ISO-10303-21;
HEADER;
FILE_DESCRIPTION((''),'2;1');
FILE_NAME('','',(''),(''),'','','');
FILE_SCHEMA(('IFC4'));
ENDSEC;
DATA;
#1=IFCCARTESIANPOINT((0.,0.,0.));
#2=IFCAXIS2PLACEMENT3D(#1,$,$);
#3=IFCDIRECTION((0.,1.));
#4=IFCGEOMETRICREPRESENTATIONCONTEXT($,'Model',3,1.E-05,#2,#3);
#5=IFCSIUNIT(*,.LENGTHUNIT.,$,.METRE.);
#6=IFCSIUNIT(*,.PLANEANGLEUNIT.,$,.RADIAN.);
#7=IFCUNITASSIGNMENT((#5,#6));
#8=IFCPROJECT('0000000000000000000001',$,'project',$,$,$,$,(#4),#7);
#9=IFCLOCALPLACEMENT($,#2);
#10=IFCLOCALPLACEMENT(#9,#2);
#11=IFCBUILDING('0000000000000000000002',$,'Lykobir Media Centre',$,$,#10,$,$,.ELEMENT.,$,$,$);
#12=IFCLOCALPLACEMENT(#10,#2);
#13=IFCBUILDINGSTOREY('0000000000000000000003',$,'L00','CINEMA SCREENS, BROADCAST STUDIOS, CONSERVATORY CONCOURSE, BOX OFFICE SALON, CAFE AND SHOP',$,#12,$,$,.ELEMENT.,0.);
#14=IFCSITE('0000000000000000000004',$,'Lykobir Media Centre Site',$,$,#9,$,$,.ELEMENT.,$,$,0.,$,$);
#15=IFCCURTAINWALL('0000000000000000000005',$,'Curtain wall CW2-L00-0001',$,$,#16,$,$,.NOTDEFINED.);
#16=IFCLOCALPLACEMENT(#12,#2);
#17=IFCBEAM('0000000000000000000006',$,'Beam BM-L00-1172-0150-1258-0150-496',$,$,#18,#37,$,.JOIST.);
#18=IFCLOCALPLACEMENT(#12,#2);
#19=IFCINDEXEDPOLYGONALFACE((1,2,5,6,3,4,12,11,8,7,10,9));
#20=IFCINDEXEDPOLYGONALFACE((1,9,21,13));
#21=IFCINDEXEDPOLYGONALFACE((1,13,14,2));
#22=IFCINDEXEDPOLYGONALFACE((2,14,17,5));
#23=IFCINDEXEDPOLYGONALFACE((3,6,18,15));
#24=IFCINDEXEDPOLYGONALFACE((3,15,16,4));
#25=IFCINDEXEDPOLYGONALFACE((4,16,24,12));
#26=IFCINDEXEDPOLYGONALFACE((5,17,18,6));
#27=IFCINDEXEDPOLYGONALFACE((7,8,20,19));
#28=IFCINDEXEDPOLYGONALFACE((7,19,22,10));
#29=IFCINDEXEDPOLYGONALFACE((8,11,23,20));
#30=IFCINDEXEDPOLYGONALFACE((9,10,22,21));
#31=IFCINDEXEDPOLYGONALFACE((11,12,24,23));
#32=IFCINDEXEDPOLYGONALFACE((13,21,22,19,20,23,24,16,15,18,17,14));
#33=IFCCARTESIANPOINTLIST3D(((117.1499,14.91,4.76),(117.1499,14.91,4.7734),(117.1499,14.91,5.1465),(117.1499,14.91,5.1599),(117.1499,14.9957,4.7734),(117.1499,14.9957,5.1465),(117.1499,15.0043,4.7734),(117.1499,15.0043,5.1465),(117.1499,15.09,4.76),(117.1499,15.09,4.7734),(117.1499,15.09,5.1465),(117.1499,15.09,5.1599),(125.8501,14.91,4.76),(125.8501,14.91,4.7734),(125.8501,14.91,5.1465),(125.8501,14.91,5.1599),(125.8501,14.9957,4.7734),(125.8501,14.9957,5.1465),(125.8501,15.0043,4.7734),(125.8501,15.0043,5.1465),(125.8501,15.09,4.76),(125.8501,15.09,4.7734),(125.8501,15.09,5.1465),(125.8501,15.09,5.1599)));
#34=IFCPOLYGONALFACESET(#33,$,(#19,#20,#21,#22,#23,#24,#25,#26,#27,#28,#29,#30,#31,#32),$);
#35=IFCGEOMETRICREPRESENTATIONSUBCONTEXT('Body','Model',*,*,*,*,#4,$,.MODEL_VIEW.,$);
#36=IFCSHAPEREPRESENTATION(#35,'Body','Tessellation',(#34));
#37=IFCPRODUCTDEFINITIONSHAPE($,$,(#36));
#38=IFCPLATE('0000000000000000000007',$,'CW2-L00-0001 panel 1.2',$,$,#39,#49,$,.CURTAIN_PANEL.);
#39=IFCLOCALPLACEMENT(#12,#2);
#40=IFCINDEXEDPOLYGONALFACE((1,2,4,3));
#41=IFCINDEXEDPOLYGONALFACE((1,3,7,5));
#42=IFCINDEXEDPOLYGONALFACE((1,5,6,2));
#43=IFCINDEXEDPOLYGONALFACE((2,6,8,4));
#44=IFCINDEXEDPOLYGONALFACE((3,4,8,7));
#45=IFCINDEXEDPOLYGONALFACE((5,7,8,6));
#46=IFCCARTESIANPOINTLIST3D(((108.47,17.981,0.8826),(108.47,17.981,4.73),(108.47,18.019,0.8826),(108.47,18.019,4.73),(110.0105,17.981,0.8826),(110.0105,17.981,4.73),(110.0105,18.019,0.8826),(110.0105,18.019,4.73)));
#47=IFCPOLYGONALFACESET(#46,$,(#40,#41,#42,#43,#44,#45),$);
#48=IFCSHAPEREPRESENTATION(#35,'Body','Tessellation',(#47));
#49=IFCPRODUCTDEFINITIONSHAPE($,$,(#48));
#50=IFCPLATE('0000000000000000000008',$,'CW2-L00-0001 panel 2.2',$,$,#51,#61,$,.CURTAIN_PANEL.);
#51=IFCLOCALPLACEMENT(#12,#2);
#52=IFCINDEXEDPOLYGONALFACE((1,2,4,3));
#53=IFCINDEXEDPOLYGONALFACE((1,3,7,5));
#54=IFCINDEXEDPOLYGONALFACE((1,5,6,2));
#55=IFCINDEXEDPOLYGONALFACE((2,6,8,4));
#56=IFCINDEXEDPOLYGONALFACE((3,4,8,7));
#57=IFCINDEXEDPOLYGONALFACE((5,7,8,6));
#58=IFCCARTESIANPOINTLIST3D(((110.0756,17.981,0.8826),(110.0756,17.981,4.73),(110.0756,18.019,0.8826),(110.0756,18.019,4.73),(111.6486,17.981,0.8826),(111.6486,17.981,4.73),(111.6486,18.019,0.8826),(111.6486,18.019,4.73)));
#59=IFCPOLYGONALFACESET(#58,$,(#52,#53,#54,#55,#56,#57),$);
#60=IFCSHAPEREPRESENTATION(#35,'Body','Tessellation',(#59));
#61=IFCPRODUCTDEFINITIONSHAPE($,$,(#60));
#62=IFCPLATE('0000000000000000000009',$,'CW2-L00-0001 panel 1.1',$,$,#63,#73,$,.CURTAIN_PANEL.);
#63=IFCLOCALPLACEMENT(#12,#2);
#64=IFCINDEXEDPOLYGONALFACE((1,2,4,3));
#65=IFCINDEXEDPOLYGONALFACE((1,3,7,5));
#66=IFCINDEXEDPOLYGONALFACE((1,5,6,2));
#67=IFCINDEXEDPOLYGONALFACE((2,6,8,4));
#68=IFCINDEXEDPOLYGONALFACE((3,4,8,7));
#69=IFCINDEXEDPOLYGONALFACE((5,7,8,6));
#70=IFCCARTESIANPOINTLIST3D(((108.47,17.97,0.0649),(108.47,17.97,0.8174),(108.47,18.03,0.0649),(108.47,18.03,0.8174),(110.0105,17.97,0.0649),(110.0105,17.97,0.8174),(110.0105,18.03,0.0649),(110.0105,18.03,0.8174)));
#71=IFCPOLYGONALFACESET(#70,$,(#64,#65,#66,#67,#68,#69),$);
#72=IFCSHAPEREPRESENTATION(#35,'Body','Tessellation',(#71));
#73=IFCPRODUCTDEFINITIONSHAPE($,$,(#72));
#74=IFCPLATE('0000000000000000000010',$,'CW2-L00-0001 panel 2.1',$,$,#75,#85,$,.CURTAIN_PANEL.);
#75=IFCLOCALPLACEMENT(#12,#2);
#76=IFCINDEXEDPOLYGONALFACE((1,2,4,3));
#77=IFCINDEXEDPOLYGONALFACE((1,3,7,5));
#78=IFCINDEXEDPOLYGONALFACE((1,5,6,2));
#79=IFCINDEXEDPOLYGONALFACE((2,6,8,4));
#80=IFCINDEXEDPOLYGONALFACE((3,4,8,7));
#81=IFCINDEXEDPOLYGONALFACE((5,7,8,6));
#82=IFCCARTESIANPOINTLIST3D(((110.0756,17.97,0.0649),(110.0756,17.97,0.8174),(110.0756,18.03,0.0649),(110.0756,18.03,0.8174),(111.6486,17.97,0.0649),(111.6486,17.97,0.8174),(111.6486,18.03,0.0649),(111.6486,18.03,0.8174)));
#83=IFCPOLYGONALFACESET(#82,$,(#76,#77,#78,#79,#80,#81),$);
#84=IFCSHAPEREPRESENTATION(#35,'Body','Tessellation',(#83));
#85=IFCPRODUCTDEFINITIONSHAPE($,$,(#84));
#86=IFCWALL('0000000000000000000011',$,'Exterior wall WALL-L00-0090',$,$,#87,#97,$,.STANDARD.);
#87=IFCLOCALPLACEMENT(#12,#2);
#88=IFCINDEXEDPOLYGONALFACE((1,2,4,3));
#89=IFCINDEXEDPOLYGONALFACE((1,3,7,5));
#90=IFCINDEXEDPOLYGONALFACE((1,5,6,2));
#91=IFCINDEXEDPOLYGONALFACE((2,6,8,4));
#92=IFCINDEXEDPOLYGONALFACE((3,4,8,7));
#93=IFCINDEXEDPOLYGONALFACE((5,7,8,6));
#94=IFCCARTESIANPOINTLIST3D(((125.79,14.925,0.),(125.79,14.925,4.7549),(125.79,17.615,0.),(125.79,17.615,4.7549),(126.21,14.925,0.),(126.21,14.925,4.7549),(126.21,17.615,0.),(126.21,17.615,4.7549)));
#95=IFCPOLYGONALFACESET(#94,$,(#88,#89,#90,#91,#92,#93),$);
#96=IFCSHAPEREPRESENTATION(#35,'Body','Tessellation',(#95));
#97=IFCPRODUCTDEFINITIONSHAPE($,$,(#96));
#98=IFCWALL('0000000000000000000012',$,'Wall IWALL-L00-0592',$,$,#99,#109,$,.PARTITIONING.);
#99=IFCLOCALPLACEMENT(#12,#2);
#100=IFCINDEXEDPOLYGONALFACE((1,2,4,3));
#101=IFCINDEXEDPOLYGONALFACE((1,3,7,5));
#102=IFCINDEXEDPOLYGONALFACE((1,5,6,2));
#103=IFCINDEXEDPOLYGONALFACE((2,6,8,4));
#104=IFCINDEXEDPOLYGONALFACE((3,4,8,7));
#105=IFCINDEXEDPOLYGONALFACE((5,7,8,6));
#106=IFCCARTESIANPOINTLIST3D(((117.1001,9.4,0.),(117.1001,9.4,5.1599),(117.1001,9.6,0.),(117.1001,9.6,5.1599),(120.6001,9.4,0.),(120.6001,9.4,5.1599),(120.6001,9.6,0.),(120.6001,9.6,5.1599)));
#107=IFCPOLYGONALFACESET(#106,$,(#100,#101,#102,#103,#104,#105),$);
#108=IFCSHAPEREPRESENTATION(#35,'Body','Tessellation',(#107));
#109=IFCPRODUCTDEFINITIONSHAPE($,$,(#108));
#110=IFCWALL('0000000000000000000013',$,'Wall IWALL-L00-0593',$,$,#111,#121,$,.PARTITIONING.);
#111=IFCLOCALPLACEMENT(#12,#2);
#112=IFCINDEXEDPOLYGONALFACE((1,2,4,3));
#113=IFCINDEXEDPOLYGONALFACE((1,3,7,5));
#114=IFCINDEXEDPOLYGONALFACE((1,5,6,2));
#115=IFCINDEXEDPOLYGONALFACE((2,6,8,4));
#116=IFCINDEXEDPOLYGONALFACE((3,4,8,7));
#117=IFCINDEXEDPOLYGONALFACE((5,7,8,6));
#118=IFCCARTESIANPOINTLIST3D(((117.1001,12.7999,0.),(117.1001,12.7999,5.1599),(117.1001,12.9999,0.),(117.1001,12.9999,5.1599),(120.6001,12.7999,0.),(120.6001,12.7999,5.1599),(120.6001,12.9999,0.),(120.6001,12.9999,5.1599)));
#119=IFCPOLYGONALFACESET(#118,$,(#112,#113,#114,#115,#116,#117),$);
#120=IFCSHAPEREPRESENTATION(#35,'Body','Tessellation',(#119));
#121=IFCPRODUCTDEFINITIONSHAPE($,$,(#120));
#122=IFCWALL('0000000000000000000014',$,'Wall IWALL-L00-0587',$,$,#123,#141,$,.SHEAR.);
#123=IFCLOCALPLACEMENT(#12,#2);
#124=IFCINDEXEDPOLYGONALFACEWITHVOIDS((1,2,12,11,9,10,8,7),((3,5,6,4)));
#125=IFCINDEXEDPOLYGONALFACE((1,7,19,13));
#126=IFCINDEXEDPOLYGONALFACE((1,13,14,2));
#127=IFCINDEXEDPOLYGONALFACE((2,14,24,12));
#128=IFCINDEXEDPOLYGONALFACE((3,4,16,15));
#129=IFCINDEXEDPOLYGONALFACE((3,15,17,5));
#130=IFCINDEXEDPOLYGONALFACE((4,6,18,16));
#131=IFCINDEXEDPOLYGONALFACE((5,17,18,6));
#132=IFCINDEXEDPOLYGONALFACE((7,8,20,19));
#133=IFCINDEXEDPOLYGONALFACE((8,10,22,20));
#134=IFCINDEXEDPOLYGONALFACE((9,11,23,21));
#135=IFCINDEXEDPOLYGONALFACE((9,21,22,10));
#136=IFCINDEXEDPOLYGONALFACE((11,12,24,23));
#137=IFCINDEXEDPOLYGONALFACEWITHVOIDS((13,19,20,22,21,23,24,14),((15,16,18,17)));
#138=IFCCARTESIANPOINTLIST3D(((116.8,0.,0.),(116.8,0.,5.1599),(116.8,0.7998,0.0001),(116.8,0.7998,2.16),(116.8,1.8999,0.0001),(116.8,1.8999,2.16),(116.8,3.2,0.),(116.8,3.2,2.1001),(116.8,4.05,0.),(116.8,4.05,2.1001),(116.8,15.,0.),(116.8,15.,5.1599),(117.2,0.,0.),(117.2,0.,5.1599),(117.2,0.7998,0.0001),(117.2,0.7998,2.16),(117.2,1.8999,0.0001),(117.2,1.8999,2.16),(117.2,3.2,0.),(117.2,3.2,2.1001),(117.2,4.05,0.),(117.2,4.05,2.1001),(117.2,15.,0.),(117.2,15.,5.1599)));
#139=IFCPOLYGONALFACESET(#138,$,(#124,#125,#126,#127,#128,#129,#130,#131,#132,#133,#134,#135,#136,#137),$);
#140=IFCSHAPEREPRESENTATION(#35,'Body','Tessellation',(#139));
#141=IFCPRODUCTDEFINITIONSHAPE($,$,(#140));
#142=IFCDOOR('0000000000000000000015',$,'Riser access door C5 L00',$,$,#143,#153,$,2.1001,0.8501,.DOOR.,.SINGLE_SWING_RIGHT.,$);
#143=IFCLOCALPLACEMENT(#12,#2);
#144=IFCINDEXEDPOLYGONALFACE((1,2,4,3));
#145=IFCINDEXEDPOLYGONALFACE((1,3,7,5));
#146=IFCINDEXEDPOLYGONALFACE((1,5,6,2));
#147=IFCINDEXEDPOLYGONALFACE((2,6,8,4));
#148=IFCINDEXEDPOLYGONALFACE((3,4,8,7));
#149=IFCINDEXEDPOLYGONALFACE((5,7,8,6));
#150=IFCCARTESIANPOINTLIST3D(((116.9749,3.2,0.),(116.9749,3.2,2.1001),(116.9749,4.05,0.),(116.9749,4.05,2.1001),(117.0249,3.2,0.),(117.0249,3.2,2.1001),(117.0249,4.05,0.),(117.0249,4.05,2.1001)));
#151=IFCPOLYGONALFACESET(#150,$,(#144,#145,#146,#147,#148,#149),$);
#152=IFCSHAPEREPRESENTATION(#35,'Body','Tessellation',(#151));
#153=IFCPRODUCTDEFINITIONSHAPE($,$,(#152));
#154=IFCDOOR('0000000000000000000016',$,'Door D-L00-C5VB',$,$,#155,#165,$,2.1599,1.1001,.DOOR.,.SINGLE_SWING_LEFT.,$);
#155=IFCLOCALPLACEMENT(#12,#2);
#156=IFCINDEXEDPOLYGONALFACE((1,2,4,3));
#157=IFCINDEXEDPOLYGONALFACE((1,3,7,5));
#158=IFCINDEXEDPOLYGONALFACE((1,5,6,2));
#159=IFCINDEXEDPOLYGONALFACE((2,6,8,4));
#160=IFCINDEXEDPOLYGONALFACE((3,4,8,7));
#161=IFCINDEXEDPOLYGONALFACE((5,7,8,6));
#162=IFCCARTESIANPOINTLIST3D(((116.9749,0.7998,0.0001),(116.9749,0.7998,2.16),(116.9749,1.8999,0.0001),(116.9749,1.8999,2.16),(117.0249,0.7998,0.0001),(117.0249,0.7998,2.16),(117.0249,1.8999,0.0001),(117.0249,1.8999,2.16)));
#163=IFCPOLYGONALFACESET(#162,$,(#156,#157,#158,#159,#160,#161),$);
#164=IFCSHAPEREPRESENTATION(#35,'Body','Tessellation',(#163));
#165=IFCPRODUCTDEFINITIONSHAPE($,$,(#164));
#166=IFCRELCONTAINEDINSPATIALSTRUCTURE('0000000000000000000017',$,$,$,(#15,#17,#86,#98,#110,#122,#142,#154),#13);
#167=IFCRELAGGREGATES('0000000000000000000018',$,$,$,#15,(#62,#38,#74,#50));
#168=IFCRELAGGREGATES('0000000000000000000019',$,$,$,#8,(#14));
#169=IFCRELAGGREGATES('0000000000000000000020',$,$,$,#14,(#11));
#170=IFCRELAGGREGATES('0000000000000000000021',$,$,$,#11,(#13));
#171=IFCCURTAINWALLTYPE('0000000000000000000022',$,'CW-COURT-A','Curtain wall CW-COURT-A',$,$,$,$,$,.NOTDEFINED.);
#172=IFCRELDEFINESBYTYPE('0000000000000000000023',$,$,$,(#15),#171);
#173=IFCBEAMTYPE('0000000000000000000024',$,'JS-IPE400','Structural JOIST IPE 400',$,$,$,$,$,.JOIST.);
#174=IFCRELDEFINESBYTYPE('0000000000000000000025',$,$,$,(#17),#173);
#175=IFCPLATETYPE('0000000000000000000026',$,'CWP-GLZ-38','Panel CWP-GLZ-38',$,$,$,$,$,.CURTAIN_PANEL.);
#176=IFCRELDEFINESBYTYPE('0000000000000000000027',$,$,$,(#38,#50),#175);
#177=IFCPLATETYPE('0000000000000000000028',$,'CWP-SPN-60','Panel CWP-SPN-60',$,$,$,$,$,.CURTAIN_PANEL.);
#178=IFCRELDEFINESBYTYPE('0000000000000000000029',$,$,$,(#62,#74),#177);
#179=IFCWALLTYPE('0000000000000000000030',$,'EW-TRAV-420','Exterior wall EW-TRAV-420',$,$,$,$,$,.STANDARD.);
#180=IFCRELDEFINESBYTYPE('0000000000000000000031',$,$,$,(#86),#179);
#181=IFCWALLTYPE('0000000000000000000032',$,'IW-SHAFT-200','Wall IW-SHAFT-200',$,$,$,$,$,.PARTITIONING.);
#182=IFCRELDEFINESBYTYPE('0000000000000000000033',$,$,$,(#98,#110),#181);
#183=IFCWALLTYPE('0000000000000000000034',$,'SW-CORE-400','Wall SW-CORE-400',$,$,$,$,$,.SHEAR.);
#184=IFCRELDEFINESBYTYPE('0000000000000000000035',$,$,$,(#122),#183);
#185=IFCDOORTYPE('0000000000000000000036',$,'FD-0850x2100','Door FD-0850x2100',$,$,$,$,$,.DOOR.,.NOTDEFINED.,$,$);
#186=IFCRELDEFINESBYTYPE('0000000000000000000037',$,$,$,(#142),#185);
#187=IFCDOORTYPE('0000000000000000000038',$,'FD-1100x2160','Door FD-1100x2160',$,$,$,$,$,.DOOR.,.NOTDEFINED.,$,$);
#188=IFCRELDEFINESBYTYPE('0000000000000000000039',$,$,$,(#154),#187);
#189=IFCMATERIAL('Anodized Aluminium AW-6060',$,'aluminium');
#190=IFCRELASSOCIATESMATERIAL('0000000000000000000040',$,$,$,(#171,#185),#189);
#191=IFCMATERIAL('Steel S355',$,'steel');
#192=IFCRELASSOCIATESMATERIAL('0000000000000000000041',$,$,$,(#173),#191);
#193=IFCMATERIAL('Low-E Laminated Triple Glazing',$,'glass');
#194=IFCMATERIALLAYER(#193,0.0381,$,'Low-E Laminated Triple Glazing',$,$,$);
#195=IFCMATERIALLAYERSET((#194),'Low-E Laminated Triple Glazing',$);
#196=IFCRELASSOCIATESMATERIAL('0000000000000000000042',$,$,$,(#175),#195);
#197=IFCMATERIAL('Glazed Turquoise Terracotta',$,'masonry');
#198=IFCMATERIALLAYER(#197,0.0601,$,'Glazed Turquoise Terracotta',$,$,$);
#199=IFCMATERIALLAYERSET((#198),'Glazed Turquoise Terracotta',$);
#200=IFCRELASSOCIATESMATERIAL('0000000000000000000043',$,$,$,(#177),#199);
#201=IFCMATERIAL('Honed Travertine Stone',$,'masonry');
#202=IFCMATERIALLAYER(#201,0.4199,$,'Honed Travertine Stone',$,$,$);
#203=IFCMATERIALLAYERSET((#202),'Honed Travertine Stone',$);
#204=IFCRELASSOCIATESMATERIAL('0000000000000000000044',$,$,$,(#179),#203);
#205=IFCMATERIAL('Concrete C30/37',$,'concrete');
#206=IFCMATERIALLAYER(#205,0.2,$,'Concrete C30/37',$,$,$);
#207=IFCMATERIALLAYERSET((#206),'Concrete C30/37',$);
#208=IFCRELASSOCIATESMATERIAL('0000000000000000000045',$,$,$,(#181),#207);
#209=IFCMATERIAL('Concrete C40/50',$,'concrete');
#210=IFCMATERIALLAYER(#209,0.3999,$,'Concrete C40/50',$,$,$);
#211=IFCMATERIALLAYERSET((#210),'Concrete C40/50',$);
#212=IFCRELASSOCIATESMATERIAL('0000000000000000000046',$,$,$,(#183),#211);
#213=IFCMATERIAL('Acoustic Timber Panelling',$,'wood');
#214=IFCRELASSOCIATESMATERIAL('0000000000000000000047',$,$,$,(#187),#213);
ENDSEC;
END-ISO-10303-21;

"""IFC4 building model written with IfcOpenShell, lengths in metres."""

from ifc_helpers import new_model, si_unit, direction, frame, frame_2d, origin, origin_2d, place, context, subcontext, project, spatial, rectangle, i_section, extrude, material, layer, layer_set, material_profile, profile_set, type_object, element, fill, aggregate, save


model = new_model("IFC4")

# Units and contexts
model_context = context("Model", 3, precision=1e-05, world=origin(), true_north=direction((0.0, 1.0)))
body_context = subcontext(model_context, "Body", "Model", "MODEL_VIEW")
ifc_project = project(units=[si_unit("LENGTHUNIT", "METRE"), si_unit("PLANEANGLEUNIT", "RADIAN")], contexts=[model_context])

# Site, building, storey
site_placement = place(None, origin())
site = spatial("IfcSite", under=ifc_project, at=site_placement, Name="Lykobir Media Centre Site", CompositionType="ELEMENT", RefElevation=0.0)
building_placement = place(site_placement, origin())
building = spatial("IfcBuilding", under=site, at=building_placement, Name="Lykobir Media Centre", CompositionType="ELEMENT")
storey_placement = place(building_placement, origin())
storey = spatial("IfcBuildingStorey", under=building, at=storey_placement, Name="L00", Description="CINEMA SCREENS, BROADCAST STUDIOS, CONSERVATORY CONCOURSE, BOX OFFICE SALON, CAFE AND SHOP", CompositionType="ELEMENT", Elevation=0.0)

# Shared definitions
ifc_material_1 = material(Name="Concrete C40/50", Category="concrete")
ifc_material_2 = material(Name="Steel S355", Category="steel")

# Curtain wall
ifc_material_3 = material(Name="Anodized Aluminium AW-6060", Category="aluminium")
curtain_wall_type = type_object("IfcCurtainWallType", Name="CW-COURT-A", Description="Curtain wall CW-COURT-A", PredefinedType="NOTDEFINED", material=ifc_material_3)
curtain_wall_placement = place(storey_placement, origin())
curtain_wall = element("IfcCurtainWall", 1, at=curtain_wall_placement, inside=storey, type_object=curtain_wall_type, Name="Curtain wall CW2-L00-0001", PredefinedType="NOTDEFINED")

# Beam
ifc_material_profile_1 = material_profile(ifc_material_2, i_section(OverallWidth=0.1799, OverallDepth=0.3999, WebThickness=0.0085, FlangeThickness=0.0134, at=origin_2d()), Name="IPE 400")
ifc_profile_set_1 = profile_set([ifc_material_profile_1], Name="Steel S355")
beam_type_1 = type_object("IfcBeamType", Name="JS-IPE400", Description="Structural JOIST IPE 400", PredefinedType="JOIST", material=ifc_profile_set_1)
for number, where, z_axis, x_axis, name in (
    (2, (117.1499, 15.0, 4.96), (1.0, 0.0, 0.0), (0.0, 1.0, 0.0), "Beam BM-L00-1172-0150-1258-0150-496"),
):
    element("IfcBeam", number, at=place(storey_placement, frame(where, z_axis=z_axis, x_axis=x_axis)), inside=storey, type_object=beam_type_1, Name=name, PredefinedType="JOIST", context=body_context, shape_type="SweptSolid", body=[
        extrude(i_section(OverallWidth=0.1799, OverallDepth=0.3999, WebThickness=0.0085, FlangeThickness=0.0134, at=origin_2d()), origin(), (0.0, 0.0, 1.0), 8.7002),
    ])

# Plates
ifc_material_4 = material(Name="Low-E Laminated Triple Glazing", Category="glass")
ifc_layer_1 = layer(ifc_material_4, 0.0381, Name="Low-E Laminated Triple Glazing")
ifc_layer_set_1 = layer_set([ifc_layer_1], Name="Low-E Laminated Triple Glazing")
plate_type_1 = type_object("IfcPlateType", Name="CWP-GLZ-38", Description="Panel CWP-GLZ-38", PredefinedType="CURTAIN_PANEL", material=ifc_layer_set_1)
plate_1_placement = place(storey_placement, frame((109.2402, 18.0, 0.8826), z_axis=(0.0, 0.0, 1.0), x_axis=(1.0, 0.0, 0.0)))
plate_1 = element("IfcPlate", 3, at=plate_1_placement, type_object=plate_type_1, Name="CW2-L00-0001 panel 1.2", PredefinedType="CURTAIN_PANEL", context=body_context, shape_type="SweptSolid", body=[
    extrude(rectangle(XDim=1.5405, YDim=0.0381, at=origin_2d()), origin(), (0.0, 0.0, 1.0), 3.8474),
])
plate_2_placement = place(storey_placement, frame((110.8621, 18.0, 0.8826), z_axis=(0.0, 0.0, 1.0), x_axis=(1.0, 0.0, 0.0)))
plate_2 = element("IfcPlate", 4, at=plate_2_placement, type_object=plate_type_1, Name="CW2-L00-0001 panel 2.2", PredefinedType="CURTAIN_PANEL", context=body_context, shape_type="SweptSolid", body=[
    extrude(rectangle(XDim=1.573, YDim=0.0381, at=origin_2d()), origin(), (0.0, 0.0, 1.0), 3.8474),
])
ifc_material_5 = material(Name="Glazed Turquoise Terracotta", Category="masonry")
ifc_layer_2 = layer(ifc_material_5, 0.0601, Name="Glazed Turquoise Terracotta")
ifc_layer_set_2 = layer_set([ifc_layer_2], Name="Glazed Turquoise Terracotta")
plate_type_2 = type_object("IfcPlateType", Name="CWP-SPN-60", Description="Panel CWP-SPN-60", PredefinedType="CURTAIN_PANEL", material=ifc_layer_set_2)
plate_3_placement = place(storey_placement, frame((109.2402, 18.0, 0.0649), z_axis=(0.0, 0.0, 1.0), x_axis=(1.0, 0.0, 0.0)))
plate_3 = element("IfcPlate", 5, at=plate_3_placement, type_object=plate_type_2, Name="CW2-L00-0001 panel 1.1", PredefinedType="CURTAIN_PANEL", context=body_context, shape_type="SweptSolid", body=[
    extrude(rectangle(XDim=1.5405, YDim=0.0601, at=origin_2d()), origin(), (0.0, 0.0, 1.0), 0.7524),
])
plate_4_placement = place(storey_placement, frame((110.8621, 18.0, 0.0649), z_axis=(0.0, 0.0, 1.0), x_axis=(1.0, 0.0, 0.0)))
plate_4 = element("IfcPlate", 6, at=plate_4_placement, type_object=plate_type_2, Name="CW2-L00-0001 panel 2.1", PredefinedType="CURTAIN_PANEL", context=body_context, shape_type="SweptSolid", body=[
    extrude(rectangle(XDim=1.573, YDim=0.0601, at=origin_2d()), origin(), (0.0, 0.0, 1.0), 0.7524),
])
aggregate(curtain_wall, [plate_3, plate_1, plate_4, plate_2])

# Walls
ifc_material_6 = material(Name="Honed Travertine Stone", Category="masonry")
ifc_layer_3 = layer(ifc_material_6, 0.4199, Name="Honed Travertine Stone")
ifc_layer_set_3 = layer_set([ifc_layer_3], Name="Honed Travertine Stone")
wall_type_1 = type_object("IfcWallType", Name="EW-TRAV-420", Description="Exterior wall EW-TRAV-420", PredefinedType="STANDARD", material=ifc_layer_set_3)
wall_1_placement = place(storey_placement, frame((126.0, 14.925, 0.0), z_axis=(0.0, 0.0, 1.0), x_axis=(0.0, 1.0, 0.0)))
element("IfcWall", 7, at=wall_1_placement, inside=storey, type_object=wall_type_1, Name="Exterior wall WALL-L00-0090", PredefinedType="STANDARD", context=body_context, shape_type="SweptSolid", body=[
    extrude(rectangle(XDim=2.6899, YDim=0.4199, at=frame_2d((1.345, 0.0))), origin(), (0.0, 0.0, 1.0), 4.7549),
])
ifc_material_7 = material(Name="Concrete C30/37", Category="concrete")
ifc_layer_4 = layer(ifc_material_7, 0.2, Name="Concrete C30/37")
ifc_layer_set_4 = layer_set([ifc_layer_4], Name="Concrete C30/37")
wall_type_2 = type_object("IfcWallType", Name="IW-SHAFT-200", Description="Wall IW-SHAFT-200", PredefinedType="PARTITIONING", material=ifc_layer_set_4)
for number, where, z_axis, x_axis, name in (
    (8, (117.1001, 9.5, 0.0), (0.0, 0.0, 1.0), (1.0, 0.0, 0.0), "Wall IWALL-L00-0592"),
    (9, (117.1001, 12.8999, 0.0), (0.0, 0.0, 1.0), (1.0, 0.0, 0.0), "Wall IWALL-L00-0593"),
):
    element("IfcWall", number, at=place(storey_placement, frame(where, z_axis=z_axis, x_axis=x_axis)), inside=storey, type_object=wall_type_2, Name=name, PredefinedType="PARTITIONING", context=body_context, shape_type="SweptSolid", body=[
        extrude(rectangle(XDim=3.5, YDim=0.2, at=frame_2d((1.75, 0.0))), origin(), (0.0, 0.0, 1.0), 5.1599),
    ])

# Wall, openings, doors
ifc_layer_5 = layer(ifc_material_1, 0.3999, Name="Concrete C40/50")
ifc_layer_set_5 = layer_set([ifc_layer_5], Name="Concrete C40/50")
wall_type_3 = type_object("IfcWallType", Name="SW-CORE-400", Description="Wall SW-CORE-400", PredefinedType="SHEAR", material=ifc_layer_set_5)
wall_2_placement = place(storey_placement, frame((117.0, 15.0, 0.0), z_axis=(0.0, 0.0, 1.0), x_axis=(0.0, -1.0, 0.0)))
wall_2 = element("IfcWall", 10, at=wall_2_placement, inside=storey, type_object=wall_type_3, Name="Wall IWALL-L00-0587", PredefinedType="SHEAR", context=body_context, shape_type="SweptSolid", body=[
    extrude(rectangle(XDim=15.0, YDim=0.3999, at=frame_2d((7.5, 0.0))), origin(), (0.0, 0.0, 1.0), 5.1599),
])
opening_1_placement = place(wall_2_placement, frame((13.1001, 0.0, 0.0)))
opening_1 = element("IfcOpeningElement", 11, at=opening_1_placement, cuts=wall_2, PredefinedType="OPENING", context=body_context, shape_type="SweptSolid", body=[
    extrude(rectangle(XDim=1.1001, YDim=2.1599, at=frame_2d((0.55, 1.0801))), frame((0.0, 0.21, 0.0), z_axis=(0.0, -1.0, 0.0), x_axis=(1.0, 0.0, 0.0)), (0.0, 0.0, 1.0), 0.4199),
])
opening_2_placement = place(wall_2_placement, frame((10.95, 0.0, 0.0)))
opening_2 = element("IfcOpeningElement", 12, at=opening_2_placement, cuts=wall_2, PredefinedType="OPENING", context=body_context, shape_type="SweptSolid", body=[
    extrude(rectangle(XDim=0.8501, YDim=2.1001, at=frame_2d((0.425, 1.05))), frame((0.0, 0.21, 0.0), z_axis=(0.0, -1.0, 0.0), x_axis=(1.0, 0.0, 0.0)), (0.0, 0.0, 1.0), 0.4199),
])
door_type_1 = type_object("IfcDoorType", Name="FD-0850x2100", Description="Door FD-0850x2100", OperationType="NOTDEFINED", PredefinedType="DOOR", material=ifc_material_3)
door_1_placement = place(opening_2_placement, origin())
door_1 = element("IfcDoor", 13, at=door_1_placement, inside=storey, type_object=door_type_1, Name="Riser access door C5 L00", OperationType="SINGLE_SWING_RIGHT", OverallHeight=2.1001, OverallWidth=0.8501, PredefinedType="DOOR", context=body_context, shape_type="SweptSolid", body=[
    extrude(rectangle(XDim=0.8501, YDim=2.1001, at=frame_2d((0.425, 1.05))), frame((0.0, 0.0249, 0.0), z_axis=(0.0, -1.0, 0.0), x_axis=(1.0, 0.0, 0.0)), (0.0, 0.0, 1.0), 0.05),
])
fill(opening_2, door_1)
ifc_material_8 = material(Name="Acoustic Timber Panelling", Category="wood")
door_type_2 = type_object("IfcDoorType", Name="FD-1100x2160", Description="Door FD-1100x2160", OperationType="NOTDEFINED", PredefinedType="DOOR", material=ifc_material_8)
door_2_placement = place(opening_1_placement, origin())
door_2 = element("IfcDoor", 14, at=door_2_placement, inside=storey, type_object=door_type_2, Name="Door D-L00-C5VB", OperationType="SINGLE_SWING_LEFT", OverallHeight=2.1599, OverallWidth=1.1001, PredefinedType="DOOR", context=body_context, shape_type="SweptSolid", body=[
    extrude(rectangle(XDim=1.1001, YDim=2.1599, at=frame_2d((0.55, 1.0801))), frame((0.0, 0.0249, 0.0), z_axis=(0.0, -1.0, 0.0), x_axis=(1.0, 0.0, 0.0)), (0.0, 0.0, 1.0), 0.05),
])
fill(opening_1, door_2)

save(model, "model.ifc")
